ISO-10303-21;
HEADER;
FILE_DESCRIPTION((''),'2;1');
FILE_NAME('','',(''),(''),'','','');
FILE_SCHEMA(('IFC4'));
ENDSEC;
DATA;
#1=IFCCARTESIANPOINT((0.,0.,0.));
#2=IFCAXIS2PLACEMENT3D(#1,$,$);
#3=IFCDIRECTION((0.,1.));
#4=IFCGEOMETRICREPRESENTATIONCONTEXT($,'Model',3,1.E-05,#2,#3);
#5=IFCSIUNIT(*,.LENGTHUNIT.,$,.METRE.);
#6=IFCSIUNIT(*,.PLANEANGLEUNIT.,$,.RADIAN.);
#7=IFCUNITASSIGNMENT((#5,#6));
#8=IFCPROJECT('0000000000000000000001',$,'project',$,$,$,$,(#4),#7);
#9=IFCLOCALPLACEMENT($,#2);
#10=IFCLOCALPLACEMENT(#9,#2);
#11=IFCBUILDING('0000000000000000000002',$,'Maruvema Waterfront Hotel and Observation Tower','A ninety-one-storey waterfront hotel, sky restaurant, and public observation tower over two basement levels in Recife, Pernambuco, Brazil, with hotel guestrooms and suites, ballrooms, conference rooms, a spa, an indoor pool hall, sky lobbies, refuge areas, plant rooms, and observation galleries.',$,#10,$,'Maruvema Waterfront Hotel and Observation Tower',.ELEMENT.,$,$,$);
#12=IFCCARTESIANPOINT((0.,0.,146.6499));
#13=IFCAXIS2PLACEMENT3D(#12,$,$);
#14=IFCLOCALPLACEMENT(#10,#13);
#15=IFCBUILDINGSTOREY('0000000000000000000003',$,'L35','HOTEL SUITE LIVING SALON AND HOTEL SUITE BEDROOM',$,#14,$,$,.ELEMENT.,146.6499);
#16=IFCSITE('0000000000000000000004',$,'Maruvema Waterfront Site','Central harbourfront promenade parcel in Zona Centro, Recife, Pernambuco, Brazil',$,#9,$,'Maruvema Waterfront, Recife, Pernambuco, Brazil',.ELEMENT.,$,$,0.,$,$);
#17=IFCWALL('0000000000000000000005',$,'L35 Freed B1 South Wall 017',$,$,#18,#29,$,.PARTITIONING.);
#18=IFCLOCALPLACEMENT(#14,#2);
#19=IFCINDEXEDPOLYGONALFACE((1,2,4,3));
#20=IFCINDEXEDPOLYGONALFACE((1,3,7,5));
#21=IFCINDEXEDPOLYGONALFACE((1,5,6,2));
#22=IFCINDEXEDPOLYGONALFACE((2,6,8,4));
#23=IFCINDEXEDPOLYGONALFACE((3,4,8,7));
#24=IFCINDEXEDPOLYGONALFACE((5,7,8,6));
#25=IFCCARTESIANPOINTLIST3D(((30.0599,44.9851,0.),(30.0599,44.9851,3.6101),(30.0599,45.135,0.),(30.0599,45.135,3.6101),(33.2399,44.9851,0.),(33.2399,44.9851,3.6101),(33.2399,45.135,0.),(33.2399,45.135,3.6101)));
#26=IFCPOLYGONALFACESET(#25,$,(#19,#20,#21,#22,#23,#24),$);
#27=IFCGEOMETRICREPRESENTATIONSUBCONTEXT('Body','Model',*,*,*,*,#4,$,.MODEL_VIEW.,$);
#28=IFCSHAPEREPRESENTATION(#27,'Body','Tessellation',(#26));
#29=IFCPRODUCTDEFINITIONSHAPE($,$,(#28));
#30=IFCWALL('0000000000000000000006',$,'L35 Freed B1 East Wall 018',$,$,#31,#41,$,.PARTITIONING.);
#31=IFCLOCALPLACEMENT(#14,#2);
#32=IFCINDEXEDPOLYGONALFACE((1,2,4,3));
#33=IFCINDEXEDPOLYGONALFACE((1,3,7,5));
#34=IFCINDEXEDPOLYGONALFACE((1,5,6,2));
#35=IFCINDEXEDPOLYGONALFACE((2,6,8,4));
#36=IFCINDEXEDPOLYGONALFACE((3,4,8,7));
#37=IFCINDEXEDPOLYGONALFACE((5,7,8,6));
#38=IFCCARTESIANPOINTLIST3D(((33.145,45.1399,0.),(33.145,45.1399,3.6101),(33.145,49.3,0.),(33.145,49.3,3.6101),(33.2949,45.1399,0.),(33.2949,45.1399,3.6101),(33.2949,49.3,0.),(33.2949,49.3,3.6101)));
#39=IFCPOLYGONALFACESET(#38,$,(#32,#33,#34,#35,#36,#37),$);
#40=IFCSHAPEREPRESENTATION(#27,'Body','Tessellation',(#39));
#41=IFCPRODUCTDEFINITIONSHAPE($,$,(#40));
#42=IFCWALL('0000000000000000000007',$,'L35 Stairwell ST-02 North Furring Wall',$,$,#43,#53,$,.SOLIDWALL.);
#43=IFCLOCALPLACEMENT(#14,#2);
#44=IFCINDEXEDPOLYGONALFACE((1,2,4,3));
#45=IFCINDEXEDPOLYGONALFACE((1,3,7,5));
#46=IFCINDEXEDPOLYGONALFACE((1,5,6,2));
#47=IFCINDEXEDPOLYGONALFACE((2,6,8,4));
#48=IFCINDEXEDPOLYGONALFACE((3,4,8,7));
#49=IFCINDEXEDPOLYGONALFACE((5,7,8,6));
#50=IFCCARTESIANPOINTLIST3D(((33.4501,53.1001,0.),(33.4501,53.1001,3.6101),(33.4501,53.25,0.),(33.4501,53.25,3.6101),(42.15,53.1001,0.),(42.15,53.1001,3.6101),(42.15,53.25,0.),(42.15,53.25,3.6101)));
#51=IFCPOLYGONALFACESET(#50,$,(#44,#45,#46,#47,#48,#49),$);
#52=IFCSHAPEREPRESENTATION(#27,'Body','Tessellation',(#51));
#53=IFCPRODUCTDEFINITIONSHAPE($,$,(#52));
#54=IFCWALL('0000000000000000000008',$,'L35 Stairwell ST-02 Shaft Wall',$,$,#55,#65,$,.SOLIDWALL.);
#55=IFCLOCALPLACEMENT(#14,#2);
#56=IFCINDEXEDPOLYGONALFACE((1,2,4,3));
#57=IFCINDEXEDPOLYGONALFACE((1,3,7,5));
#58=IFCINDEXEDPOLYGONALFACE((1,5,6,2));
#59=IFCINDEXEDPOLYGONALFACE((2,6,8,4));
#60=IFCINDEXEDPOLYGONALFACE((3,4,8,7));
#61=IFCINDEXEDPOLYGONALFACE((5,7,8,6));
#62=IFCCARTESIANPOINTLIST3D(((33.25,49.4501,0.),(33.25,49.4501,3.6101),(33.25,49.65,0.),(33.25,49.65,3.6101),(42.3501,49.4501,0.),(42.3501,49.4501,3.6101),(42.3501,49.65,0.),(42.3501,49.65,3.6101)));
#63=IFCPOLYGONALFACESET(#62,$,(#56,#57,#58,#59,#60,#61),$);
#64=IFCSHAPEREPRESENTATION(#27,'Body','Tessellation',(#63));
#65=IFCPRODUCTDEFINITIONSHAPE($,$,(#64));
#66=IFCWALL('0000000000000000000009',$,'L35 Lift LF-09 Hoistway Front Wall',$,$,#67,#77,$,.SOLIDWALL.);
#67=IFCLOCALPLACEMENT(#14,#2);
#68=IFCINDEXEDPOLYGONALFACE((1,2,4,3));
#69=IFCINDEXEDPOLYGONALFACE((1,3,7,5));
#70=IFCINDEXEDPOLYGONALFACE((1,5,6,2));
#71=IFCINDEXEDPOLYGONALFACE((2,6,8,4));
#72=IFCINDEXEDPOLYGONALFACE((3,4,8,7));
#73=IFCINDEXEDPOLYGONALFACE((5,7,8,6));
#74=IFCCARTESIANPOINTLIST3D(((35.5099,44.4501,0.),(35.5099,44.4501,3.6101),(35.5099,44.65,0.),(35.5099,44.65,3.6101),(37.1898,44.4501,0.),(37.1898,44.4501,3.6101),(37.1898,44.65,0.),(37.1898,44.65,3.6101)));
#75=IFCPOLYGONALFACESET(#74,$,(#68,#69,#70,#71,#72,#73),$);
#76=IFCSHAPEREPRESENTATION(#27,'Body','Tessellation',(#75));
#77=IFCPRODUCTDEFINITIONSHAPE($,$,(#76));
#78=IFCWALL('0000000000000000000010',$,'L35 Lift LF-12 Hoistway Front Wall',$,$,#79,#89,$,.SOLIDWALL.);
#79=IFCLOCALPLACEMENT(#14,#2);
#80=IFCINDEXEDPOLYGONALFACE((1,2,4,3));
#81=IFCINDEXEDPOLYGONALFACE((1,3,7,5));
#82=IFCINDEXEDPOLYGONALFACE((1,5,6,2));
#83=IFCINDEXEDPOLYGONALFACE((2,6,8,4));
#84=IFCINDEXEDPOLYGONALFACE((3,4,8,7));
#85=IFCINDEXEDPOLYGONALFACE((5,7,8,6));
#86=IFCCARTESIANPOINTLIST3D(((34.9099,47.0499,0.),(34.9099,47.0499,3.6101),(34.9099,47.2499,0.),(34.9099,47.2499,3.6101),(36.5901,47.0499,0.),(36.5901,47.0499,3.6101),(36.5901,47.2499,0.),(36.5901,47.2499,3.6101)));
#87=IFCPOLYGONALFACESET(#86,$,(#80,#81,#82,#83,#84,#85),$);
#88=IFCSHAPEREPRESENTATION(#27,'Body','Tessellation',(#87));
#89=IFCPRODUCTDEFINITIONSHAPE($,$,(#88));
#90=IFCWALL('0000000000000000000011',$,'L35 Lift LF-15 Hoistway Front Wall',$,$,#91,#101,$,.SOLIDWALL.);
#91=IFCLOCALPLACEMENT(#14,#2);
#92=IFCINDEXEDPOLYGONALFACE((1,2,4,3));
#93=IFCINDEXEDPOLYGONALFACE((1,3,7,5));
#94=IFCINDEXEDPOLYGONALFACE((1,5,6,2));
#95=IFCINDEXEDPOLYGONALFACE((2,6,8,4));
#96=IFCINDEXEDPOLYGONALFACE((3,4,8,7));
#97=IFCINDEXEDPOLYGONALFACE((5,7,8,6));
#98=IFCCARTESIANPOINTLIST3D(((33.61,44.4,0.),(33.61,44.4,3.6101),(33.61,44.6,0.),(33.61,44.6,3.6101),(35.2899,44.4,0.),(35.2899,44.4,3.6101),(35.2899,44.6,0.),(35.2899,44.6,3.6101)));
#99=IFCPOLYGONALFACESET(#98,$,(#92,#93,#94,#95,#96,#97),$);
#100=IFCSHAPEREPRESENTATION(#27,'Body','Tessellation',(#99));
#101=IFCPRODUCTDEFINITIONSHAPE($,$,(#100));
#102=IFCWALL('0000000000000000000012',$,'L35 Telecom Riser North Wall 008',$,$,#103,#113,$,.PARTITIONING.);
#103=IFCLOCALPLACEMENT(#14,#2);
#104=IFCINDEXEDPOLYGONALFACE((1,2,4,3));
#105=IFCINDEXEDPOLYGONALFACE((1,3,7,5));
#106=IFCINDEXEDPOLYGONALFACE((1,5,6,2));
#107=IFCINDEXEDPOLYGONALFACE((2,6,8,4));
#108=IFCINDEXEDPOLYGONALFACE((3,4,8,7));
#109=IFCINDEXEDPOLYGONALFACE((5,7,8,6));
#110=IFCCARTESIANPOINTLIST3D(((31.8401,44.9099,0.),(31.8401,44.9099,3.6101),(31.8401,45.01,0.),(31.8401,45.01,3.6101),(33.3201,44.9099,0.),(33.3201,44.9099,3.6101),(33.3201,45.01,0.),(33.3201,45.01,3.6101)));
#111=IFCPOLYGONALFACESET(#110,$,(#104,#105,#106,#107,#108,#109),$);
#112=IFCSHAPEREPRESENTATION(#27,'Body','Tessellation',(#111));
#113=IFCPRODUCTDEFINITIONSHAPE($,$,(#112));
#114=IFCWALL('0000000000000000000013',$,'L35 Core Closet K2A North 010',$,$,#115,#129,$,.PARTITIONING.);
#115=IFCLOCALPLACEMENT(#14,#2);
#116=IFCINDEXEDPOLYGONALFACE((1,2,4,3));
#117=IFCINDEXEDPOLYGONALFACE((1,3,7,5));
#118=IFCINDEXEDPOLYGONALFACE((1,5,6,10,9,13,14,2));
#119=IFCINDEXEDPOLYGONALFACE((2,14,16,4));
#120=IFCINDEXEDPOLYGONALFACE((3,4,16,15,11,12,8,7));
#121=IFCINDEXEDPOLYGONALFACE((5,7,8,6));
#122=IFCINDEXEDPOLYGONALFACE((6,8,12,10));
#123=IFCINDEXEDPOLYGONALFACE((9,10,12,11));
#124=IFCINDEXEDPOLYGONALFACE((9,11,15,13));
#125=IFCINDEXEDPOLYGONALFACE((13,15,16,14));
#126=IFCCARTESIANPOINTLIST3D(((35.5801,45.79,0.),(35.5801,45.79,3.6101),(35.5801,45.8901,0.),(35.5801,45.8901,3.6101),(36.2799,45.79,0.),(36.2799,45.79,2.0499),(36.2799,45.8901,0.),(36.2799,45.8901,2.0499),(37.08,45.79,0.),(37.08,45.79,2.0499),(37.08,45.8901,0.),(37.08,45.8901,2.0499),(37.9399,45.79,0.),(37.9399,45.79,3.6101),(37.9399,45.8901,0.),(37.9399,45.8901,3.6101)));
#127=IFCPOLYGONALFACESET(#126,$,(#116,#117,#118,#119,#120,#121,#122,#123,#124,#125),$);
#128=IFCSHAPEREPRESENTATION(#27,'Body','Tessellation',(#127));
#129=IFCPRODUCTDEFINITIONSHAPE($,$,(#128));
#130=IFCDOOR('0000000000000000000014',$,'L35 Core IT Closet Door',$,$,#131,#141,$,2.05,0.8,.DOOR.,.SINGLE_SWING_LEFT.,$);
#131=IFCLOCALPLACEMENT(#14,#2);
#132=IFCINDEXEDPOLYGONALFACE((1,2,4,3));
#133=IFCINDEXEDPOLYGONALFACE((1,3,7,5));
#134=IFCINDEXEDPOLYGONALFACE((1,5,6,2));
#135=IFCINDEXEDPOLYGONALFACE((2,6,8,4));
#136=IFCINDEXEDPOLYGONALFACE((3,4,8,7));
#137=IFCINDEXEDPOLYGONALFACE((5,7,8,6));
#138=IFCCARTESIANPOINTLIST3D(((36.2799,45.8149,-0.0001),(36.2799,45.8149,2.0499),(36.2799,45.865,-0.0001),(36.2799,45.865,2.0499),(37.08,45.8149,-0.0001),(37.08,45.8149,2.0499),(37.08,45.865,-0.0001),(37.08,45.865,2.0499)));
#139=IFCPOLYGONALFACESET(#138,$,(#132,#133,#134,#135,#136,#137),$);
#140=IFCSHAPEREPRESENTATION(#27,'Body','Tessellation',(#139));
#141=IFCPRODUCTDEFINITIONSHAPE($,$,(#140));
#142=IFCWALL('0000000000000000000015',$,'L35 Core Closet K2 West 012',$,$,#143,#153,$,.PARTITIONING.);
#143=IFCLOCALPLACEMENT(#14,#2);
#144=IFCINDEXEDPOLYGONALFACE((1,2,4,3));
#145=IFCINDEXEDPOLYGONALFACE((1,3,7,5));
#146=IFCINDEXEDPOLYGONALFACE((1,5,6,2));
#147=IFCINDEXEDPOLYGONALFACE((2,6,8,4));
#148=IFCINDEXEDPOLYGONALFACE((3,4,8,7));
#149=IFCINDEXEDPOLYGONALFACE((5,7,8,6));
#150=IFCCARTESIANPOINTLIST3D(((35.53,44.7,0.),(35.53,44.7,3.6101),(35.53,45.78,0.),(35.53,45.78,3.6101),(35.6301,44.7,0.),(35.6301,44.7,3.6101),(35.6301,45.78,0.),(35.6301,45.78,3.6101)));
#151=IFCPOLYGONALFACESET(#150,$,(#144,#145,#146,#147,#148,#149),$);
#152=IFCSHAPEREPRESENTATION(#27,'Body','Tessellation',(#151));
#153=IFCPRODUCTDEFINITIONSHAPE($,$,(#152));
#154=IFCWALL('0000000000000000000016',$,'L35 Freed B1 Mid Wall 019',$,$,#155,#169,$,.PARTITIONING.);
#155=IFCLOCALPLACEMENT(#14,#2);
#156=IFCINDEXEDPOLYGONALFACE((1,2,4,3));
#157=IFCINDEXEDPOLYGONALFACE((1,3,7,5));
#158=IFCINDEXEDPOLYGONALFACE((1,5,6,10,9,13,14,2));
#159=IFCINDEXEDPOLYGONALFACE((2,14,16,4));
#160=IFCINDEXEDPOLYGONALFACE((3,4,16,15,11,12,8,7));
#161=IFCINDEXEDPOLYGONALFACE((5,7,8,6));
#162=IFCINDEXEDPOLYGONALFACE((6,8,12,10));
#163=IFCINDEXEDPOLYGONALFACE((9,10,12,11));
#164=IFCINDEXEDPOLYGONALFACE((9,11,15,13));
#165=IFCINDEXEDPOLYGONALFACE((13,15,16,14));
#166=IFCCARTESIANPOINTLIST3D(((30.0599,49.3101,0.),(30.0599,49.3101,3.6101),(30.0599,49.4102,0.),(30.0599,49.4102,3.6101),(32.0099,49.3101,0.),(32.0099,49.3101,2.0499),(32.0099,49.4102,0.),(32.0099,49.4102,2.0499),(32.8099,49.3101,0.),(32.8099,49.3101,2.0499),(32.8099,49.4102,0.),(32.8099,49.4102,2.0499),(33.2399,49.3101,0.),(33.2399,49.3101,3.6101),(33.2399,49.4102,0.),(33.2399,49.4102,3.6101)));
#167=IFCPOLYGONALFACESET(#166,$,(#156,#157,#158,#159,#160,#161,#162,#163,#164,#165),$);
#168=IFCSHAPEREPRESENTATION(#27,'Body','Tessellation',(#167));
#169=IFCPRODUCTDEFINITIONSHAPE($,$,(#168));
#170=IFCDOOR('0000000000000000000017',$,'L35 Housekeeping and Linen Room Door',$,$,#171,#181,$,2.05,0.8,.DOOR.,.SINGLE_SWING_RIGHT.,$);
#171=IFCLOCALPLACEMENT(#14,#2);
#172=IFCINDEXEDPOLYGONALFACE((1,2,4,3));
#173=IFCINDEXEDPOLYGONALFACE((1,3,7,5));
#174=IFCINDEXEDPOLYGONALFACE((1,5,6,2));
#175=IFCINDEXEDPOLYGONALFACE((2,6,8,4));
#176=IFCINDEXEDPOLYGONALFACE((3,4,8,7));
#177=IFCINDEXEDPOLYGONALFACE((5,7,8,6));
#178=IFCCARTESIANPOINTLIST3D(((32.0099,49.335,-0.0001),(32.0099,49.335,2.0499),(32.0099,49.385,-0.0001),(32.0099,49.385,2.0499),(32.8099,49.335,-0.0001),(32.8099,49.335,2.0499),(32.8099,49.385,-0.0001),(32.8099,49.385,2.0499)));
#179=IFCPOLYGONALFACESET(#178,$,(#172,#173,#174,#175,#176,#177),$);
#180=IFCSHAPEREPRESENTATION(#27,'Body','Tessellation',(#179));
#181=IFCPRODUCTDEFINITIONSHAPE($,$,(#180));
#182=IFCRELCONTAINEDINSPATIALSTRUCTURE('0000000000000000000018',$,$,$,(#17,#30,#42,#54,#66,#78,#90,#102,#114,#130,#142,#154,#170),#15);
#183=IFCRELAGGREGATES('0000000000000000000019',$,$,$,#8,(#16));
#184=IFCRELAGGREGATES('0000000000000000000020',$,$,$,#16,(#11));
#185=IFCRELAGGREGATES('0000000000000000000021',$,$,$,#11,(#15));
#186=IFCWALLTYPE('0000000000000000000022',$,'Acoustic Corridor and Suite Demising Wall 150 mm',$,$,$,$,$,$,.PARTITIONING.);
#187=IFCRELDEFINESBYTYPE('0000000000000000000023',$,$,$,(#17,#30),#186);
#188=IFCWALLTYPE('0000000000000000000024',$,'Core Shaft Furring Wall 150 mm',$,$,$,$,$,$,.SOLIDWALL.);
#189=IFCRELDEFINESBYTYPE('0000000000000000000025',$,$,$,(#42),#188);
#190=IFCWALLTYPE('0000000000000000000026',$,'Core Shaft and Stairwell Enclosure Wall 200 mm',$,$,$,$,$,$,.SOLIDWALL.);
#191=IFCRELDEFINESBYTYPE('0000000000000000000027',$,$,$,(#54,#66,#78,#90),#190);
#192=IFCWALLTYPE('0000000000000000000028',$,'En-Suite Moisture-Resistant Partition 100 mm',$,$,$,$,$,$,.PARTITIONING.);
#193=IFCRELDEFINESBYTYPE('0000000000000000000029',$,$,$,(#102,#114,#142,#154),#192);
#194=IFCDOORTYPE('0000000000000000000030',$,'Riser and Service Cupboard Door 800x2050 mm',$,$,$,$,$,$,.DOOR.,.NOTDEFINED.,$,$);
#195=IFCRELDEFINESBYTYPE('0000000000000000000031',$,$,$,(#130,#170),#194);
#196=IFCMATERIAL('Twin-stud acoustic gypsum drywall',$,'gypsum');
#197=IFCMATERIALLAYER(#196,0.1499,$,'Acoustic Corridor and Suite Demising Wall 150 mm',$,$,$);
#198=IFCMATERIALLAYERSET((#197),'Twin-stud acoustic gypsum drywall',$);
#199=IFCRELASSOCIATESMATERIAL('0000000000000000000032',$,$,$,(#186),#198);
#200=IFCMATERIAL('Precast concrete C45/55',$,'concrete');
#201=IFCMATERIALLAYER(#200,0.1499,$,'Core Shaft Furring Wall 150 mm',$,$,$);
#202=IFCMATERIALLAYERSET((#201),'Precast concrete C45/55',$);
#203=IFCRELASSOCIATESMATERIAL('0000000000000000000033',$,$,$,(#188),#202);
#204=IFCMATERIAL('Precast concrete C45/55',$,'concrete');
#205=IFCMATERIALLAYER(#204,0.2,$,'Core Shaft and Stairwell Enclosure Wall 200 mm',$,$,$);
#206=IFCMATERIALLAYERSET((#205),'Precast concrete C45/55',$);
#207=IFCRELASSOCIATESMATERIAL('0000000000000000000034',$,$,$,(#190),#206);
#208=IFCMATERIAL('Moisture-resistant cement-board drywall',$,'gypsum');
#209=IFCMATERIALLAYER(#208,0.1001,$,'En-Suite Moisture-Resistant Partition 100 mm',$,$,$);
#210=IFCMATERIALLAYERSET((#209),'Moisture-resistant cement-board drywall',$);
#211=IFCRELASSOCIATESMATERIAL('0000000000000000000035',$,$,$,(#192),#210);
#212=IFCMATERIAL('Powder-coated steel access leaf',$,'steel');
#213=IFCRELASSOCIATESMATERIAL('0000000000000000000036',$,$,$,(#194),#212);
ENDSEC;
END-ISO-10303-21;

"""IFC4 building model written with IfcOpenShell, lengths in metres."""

from ifc_helpers import new_model, si_unit, direction, frame, frame_2d, origin, place, context, subcontext, project, spatial, rectangle, extrude, material, layer, layer_set, type_object, element, fill, save


model = new_model("IFC4")

# Units and contexts
model_context = context("Model", 3, precision=1e-05, world=origin(), true_north=direction((0.0, 1.0)))
body_context = subcontext(model_context, "Body", "Model", "MODEL_VIEW")
ifc_project = project(units=[si_unit("LENGTHUNIT", "METRE"), si_unit("PLANEANGLEUNIT", "RADIAN")], contexts=[model_context])

# Site, building, storey
site_placement = place(None, origin())
site = spatial("IfcSite", under=ifc_project, at=site_placement, Name="Maruvema Waterfront Site", Description="Central harbourfront promenade parcel in Zona Centro, Recife, Pernambuco, Brazil", LongName="Maruvema Waterfront, Recife, Pernambuco, Brazil", CompositionType="ELEMENT", RefElevation=0.0)
building_placement = place(site_placement, origin())
building = spatial("IfcBuilding", under=site, at=building_placement, Name="Maruvema Waterfront Hotel and Observation Tower", Description="A ninety-one-storey waterfront hotel, sky restaurant, and public observation tower over two basement levels in Recife, Pernambuco, Brazil, with hotel guestrooms and suites, ballrooms, conference rooms, a spa, an indoor pool hall, sky lobbies, refuge areas, plant rooms, and observation galleries.", LongName="Maruvema Waterfront Hotel and Observation Tower", CompositionType="ELEMENT")
storey_placement = place(building_placement, frame((0.0, 0.0, 146.6499)))
storey = spatial("IfcBuildingStorey", under=building, at=storey_placement, Name="L35", Description="HOTEL SUITE LIVING SALON AND HOTEL SUITE BEDROOM", CompositionType="ELEMENT", Elevation=146.6499)

# Walls
ifc_material_1 = material(Name="Twin-stud acoustic gypsum drywall", Category="gypsum")
ifc_layer_1 = layer(ifc_material_1, 0.1499, Name="Acoustic Corridor and Suite Demising Wall 150 mm")
ifc_layer_set_1 = layer_set([ifc_layer_1], Name="Twin-stud acoustic gypsum drywall")
wall_type_1 = type_object("IfcWallType", Name="Acoustic Corridor and Suite Demising Wall 150 mm", PredefinedType="PARTITIONING", material=ifc_layer_set_1)
wall_1_placement = place(storey_placement, frame((30.0601, 45.0601, 0.0), z_axis=(0.0, 0.0, 1.0), x_axis=(1.0, 0.0, 0.0)))
element("IfcWall", 1, at=wall_1_placement, inside=storey, type_object=wall_type_1, Name="L35 Freed B1 South Wall 017", PredefinedType="PARTITIONING", context=body_context, shape_type="SweptSolid", body=[
    extrude(rectangle(XDim=3.1799, YDim=0.1499, at=frame_2d((1.5898, 0.0))), origin(), (0.0, 0.0, 1.0), 3.6101),
])
wall_2_placement = place(storey_placement, frame((33.22, 45.1399, 0.0), z_axis=(0.0, 0.0, 1.0), x_axis=(0.0, 1.0, 0.0)))
element("IfcWall", 2, at=wall_2_placement, inside=storey, type_object=wall_type_1, Name="L35 Freed B1 East Wall 018", PredefinedType="PARTITIONING", context=body_context, shape_type="SweptSolid", body=[
    extrude(rectangle(XDim=4.1602, YDim=0.1499, at=frame_2d((2.0801, 0.0))), origin(), (0.0, 0.0, 1.0), 3.6101),
])
ifc_material_2 = material(Name="Precast concrete C45/55", Category="concrete")
ifc_layer_2 = layer(ifc_material_2, 0.1499, Name="Core Shaft Furring Wall 150 mm")
ifc_layer_set_2 = layer_set([ifc_layer_2], Name="Precast concrete C45/55")
wall_type_2 = type_object("IfcWallType", Name="Core Shaft Furring Wall 150 mm", PredefinedType="SOLIDWALL", material=ifc_layer_set_2)
wall_3_placement = place(storey_placement, frame((33.45, 53.175, 0.0), z_axis=(0.0, 0.0, 1.0), x_axis=(1.0, 0.0, 0.0)))
element("IfcWall", 3, at=wall_3_placement, inside=storey, type_object=wall_type_2, Name="L35 Stairwell ST-02 North Furring Wall", PredefinedType="SOLIDWALL", context=body_context, shape_type="SweptSolid", body=[
    extrude(rectangle(XDim=8.7, YDim=0.1499, at=frame_2d((4.3501, 0.0))), origin(), (0.0, 0.0, 1.0), 3.6101),
])
ifc_material_3 = material(Name="Precast concrete C45/55", Category="concrete")
ifc_layer_3 = layer(ifc_material_3, 0.2, Name="Core Shaft and Stairwell Enclosure Wall 200 mm")
ifc_layer_set_3 = layer_set([ifc_layer_3], Name="Precast concrete C45/55")
wall_type_3 = type_object("IfcWallType", Name="Core Shaft and Stairwell Enclosure Wall 200 mm", PredefinedType="SOLIDWALL", material=ifc_layer_set_3)
wall_4_placement = place(storey_placement, frame((33.25, 49.55, 0.0), z_axis=(0.0, 0.0, 1.0), x_axis=(1.0, 0.0, 0.0)))
element("IfcWall", 4, at=wall_4_placement, inside=storey, type_object=wall_type_3, Name="L35 Stairwell ST-02 Shaft Wall", PredefinedType="SOLIDWALL", context=body_context, shape_type="SweptSolid", body=[
    extrude(rectangle(XDim=9.1001, YDim=0.2, at=frame_2d((4.55, 0.0))), origin(), (0.0, 0.0, 1.0), 3.6101),
])

# Walls
wall_5_placement = place(storey_placement, frame((35.51, 44.55, 0.0), z_axis=(0.0, 0.0, 1.0), x_axis=(1.0, 0.0, 0.0)))
element("IfcWall", 5, at=wall_5_placement, inside=storey, type_object=wall_type_3, Name="L35 Lift LF-09 Hoistway Front Wall", PredefinedType="SOLIDWALL", context=body_context, shape_type="SweptSolid", body=[
    extrude(rectangle(XDim=1.6799, YDim=0.2, at=frame_2d((0.8398, 0.0))), origin(), (0.0, 0.0, 1.0), 3.6101),
])
wall_6_placement = place(storey_placement, frame((34.9099, 47.1499, 0.0), z_axis=(0.0, 0.0, 1.0), x_axis=(1.0, 0.0, 0.0)))
element("IfcWall", 6, at=wall_6_placement, inside=storey, type_object=wall_type_3, Name="L35 Lift LF-12 Hoistway Front Wall", PredefinedType="SOLIDWALL", context=body_context, shape_type="SweptSolid", body=[
    extrude(rectangle(XDim=1.6802, YDim=0.2, at=frame_2d((0.8401, 0.0))), origin(), (0.0, 0.0, 1.0), 3.6101),
])
wall_7_placement = place(storey_placement, frame((33.6101, 44.5, 0.0), z_axis=(0.0, 0.0, 1.0), x_axis=(1.0, 0.0, 0.0)))
element("IfcWall", 7, at=wall_7_placement, inside=storey, type_object=wall_type_3, Name="L35 Lift LF-15 Hoistway Front Wall", PredefinedType="SOLIDWALL", context=body_context, shape_type="SweptSolid", body=[
    extrude(rectangle(XDim=1.6799, YDim=0.2, at=frame_2d((0.8398, 0.0))), origin(), (0.0, 0.0, 1.0), 3.6101),
])
ifc_material_4 = material(Name="Moisture-resistant cement-board drywall", Category="gypsum")
ifc_layer_4 = layer(ifc_material_4, 0.1001, Name="En-Suite Moisture-Resistant Partition 100 mm")
ifc_layer_set_4 = layer_set([ifc_layer_4], Name="Moisture-resistant cement-board drywall")
wall_type_4 = type_object("IfcWallType", Name="En-Suite Moisture-Resistant Partition 100 mm", PredefinedType="PARTITIONING", material=ifc_layer_set_4)
wall_8_placement = place(storey_placement, frame((31.8401, 44.96, 0.0), z_axis=(0.0, 0.0, 1.0), x_axis=(1.0, 0.0, 0.0)))
element("IfcWall", 8, at=wall_8_placement, inside=storey, type_object=wall_type_4, Name="L35 Telecom Riser North Wall 008", PredefinedType="PARTITIONING", context=body_context, shape_type="SweptSolid", body=[
    extrude(rectangle(XDim=1.48, YDim=0.1001, at=frame_2d((0.74, 0.0))), origin(), (0.0, 0.0, 1.0), 3.6101),
])

# Wall, opening, door
wall_9_placement = place(storey_placement, frame((35.5801, 45.8401, 0.0), z_axis=(0.0, 0.0, 1.0), x_axis=(1.0, 0.0, 0.0)))
wall_9 = element("IfcWall", 9, at=wall_9_placement, inside=storey, type_object=wall_type_4, Name="L35 Core Closet K2A North 010", PredefinedType="PARTITIONING", context=body_context, shape_type="SweptSolid", body=[
    extrude(rectangle(XDim=2.3599, YDim=0.1001, at=frame_2d((1.1799, 0.0))), origin(), (0.0, 0.0, 1.0), 3.6101),
])
opening_1_placement = place(wall_9_placement, frame((0.7, 0.0, 0.0)))
opening_1 = element("IfcOpeningElement", 10, at=opening_1_placement, cuts=wall_9, PredefinedType="OPENING", context=body_context, shape_type="SweptSolid", body=[
    extrude(rectangle(XDim=0.8, YDim=2.05, at=frame_2d((0.3999, 1.0249))), frame((0.0, 0.0601, 0.0), z_axis=(0.0, -1.0, 0.0), x_axis=(1.0, 0.0, 0.0)), (0.0, 0.0, 1.0), 0.1201),
])
ifc_material_5 = material(Name="Powder-coated steel access leaf", Category="steel")
door_type_1 = type_object("IfcDoorType", Name="Riser and Service Cupboard Door 800x2050 mm", OperationType="NOTDEFINED", PredefinedType="DOOR", material=ifc_material_5)
door_1_placement = place(opening_1_placement, origin())
door_1 = element("IfcDoor", 11, at=door_1_placement, inside=storey, type_object=door_type_1, Name="L35 Core IT Closet Door", OperationType="SINGLE_SWING_LEFT", OverallHeight=2.05, OverallWidth=0.8, PredefinedType="DOOR", context=body_context, shape_type="SweptSolid", body=[
    extrude(rectangle(XDim=0.8, YDim=2.05, at=frame_2d((0.3999, 1.0249))), frame((0.0, 0.0249, 0.0), z_axis=(0.0, -1.0, 0.0), x_axis=(1.0, 0.0, 0.0)), (0.0, 0.0, 1.0), 0.05),
])
fill(opening_1, door_1)

# Wall
wall_10_placement = place(storey_placement, frame((35.5801, 44.7, 0.0), z_axis=(0.0, 0.0, 1.0), x_axis=(0.0, 1.0, 0.0)))
element("IfcWall", 12, at=wall_10_placement, inside=storey, type_object=wall_type_4, Name="L35 Core Closet K2 West 012", PredefinedType="PARTITIONING", context=body_context, shape_type="SweptSolid", body=[
    extrude(rectangle(XDim=1.0801, YDim=0.1001, at=frame_2d((0.54, 0.0))), origin(), (0.0, 0.0, 1.0), 3.6101),
])

# Wall, opening, door
wall_11_placement = place(storey_placement, frame((30.0601, 49.3601, 0.0), z_axis=(0.0, 0.0, 1.0), x_axis=(1.0, 0.0, 0.0)))
wall_11 = element("IfcWall", 13, at=wall_11_placement, inside=storey, type_object=wall_type_4, Name="L35 Freed B1 Mid Wall 019", PredefinedType="PARTITIONING", context=body_context, shape_type="SweptSolid", body=[
    extrude(rectangle(XDim=3.1799, YDim=0.1001, at=frame_2d((1.5898, 0.0))), origin(), (0.0, 0.0, 1.0), 3.6101),
])
opening_2_placement = place(wall_11_placement, frame((1.95, 0.0, 0.0)))
opening_2 = element("IfcOpeningElement", 14, at=opening_2_placement, cuts=wall_11, PredefinedType="OPENING", context=body_context, shape_type="SweptSolid", body=[
    extrude(rectangle(XDim=0.8, YDim=2.05, at=frame_2d((0.3999, 1.0249))), frame((0.0, 0.0601, 0.0), z_axis=(0.0, -1.0, 0.0), x_axis=(1.0, 0.0, 0.0)), (0.0, 0.0, 1.0), 0.1201),
])
door_2_placement = place(opening_2_placement, origin())
door_2 = element("IfcDoor", 15, at=door_2_placement, inside=storey, type_object=door_type_1, Name="L35 Housekeeping and Linen Room Door", OperationType="SINGLE_SWING_RIGHT", OverallHeight=2.05, OverallWidth=0.8, PredefinedType="DOOR", context=body_context, shape_type="SweptSolid", body=[
    extrude(rectangle(XDim=0.8, YDim=2.05, at=frame_2d((0.3999, 1.0249))), frame((0.0, 0.0249, 0.0), z_axis=(0.0, -1.0, 0.0), x_axis=(1.0, 0.0, 0.0)), (0.0, 0.0, 1.0), 0.05),
])
fill(opening_2, door_2)

save(model, "model.ifc")
